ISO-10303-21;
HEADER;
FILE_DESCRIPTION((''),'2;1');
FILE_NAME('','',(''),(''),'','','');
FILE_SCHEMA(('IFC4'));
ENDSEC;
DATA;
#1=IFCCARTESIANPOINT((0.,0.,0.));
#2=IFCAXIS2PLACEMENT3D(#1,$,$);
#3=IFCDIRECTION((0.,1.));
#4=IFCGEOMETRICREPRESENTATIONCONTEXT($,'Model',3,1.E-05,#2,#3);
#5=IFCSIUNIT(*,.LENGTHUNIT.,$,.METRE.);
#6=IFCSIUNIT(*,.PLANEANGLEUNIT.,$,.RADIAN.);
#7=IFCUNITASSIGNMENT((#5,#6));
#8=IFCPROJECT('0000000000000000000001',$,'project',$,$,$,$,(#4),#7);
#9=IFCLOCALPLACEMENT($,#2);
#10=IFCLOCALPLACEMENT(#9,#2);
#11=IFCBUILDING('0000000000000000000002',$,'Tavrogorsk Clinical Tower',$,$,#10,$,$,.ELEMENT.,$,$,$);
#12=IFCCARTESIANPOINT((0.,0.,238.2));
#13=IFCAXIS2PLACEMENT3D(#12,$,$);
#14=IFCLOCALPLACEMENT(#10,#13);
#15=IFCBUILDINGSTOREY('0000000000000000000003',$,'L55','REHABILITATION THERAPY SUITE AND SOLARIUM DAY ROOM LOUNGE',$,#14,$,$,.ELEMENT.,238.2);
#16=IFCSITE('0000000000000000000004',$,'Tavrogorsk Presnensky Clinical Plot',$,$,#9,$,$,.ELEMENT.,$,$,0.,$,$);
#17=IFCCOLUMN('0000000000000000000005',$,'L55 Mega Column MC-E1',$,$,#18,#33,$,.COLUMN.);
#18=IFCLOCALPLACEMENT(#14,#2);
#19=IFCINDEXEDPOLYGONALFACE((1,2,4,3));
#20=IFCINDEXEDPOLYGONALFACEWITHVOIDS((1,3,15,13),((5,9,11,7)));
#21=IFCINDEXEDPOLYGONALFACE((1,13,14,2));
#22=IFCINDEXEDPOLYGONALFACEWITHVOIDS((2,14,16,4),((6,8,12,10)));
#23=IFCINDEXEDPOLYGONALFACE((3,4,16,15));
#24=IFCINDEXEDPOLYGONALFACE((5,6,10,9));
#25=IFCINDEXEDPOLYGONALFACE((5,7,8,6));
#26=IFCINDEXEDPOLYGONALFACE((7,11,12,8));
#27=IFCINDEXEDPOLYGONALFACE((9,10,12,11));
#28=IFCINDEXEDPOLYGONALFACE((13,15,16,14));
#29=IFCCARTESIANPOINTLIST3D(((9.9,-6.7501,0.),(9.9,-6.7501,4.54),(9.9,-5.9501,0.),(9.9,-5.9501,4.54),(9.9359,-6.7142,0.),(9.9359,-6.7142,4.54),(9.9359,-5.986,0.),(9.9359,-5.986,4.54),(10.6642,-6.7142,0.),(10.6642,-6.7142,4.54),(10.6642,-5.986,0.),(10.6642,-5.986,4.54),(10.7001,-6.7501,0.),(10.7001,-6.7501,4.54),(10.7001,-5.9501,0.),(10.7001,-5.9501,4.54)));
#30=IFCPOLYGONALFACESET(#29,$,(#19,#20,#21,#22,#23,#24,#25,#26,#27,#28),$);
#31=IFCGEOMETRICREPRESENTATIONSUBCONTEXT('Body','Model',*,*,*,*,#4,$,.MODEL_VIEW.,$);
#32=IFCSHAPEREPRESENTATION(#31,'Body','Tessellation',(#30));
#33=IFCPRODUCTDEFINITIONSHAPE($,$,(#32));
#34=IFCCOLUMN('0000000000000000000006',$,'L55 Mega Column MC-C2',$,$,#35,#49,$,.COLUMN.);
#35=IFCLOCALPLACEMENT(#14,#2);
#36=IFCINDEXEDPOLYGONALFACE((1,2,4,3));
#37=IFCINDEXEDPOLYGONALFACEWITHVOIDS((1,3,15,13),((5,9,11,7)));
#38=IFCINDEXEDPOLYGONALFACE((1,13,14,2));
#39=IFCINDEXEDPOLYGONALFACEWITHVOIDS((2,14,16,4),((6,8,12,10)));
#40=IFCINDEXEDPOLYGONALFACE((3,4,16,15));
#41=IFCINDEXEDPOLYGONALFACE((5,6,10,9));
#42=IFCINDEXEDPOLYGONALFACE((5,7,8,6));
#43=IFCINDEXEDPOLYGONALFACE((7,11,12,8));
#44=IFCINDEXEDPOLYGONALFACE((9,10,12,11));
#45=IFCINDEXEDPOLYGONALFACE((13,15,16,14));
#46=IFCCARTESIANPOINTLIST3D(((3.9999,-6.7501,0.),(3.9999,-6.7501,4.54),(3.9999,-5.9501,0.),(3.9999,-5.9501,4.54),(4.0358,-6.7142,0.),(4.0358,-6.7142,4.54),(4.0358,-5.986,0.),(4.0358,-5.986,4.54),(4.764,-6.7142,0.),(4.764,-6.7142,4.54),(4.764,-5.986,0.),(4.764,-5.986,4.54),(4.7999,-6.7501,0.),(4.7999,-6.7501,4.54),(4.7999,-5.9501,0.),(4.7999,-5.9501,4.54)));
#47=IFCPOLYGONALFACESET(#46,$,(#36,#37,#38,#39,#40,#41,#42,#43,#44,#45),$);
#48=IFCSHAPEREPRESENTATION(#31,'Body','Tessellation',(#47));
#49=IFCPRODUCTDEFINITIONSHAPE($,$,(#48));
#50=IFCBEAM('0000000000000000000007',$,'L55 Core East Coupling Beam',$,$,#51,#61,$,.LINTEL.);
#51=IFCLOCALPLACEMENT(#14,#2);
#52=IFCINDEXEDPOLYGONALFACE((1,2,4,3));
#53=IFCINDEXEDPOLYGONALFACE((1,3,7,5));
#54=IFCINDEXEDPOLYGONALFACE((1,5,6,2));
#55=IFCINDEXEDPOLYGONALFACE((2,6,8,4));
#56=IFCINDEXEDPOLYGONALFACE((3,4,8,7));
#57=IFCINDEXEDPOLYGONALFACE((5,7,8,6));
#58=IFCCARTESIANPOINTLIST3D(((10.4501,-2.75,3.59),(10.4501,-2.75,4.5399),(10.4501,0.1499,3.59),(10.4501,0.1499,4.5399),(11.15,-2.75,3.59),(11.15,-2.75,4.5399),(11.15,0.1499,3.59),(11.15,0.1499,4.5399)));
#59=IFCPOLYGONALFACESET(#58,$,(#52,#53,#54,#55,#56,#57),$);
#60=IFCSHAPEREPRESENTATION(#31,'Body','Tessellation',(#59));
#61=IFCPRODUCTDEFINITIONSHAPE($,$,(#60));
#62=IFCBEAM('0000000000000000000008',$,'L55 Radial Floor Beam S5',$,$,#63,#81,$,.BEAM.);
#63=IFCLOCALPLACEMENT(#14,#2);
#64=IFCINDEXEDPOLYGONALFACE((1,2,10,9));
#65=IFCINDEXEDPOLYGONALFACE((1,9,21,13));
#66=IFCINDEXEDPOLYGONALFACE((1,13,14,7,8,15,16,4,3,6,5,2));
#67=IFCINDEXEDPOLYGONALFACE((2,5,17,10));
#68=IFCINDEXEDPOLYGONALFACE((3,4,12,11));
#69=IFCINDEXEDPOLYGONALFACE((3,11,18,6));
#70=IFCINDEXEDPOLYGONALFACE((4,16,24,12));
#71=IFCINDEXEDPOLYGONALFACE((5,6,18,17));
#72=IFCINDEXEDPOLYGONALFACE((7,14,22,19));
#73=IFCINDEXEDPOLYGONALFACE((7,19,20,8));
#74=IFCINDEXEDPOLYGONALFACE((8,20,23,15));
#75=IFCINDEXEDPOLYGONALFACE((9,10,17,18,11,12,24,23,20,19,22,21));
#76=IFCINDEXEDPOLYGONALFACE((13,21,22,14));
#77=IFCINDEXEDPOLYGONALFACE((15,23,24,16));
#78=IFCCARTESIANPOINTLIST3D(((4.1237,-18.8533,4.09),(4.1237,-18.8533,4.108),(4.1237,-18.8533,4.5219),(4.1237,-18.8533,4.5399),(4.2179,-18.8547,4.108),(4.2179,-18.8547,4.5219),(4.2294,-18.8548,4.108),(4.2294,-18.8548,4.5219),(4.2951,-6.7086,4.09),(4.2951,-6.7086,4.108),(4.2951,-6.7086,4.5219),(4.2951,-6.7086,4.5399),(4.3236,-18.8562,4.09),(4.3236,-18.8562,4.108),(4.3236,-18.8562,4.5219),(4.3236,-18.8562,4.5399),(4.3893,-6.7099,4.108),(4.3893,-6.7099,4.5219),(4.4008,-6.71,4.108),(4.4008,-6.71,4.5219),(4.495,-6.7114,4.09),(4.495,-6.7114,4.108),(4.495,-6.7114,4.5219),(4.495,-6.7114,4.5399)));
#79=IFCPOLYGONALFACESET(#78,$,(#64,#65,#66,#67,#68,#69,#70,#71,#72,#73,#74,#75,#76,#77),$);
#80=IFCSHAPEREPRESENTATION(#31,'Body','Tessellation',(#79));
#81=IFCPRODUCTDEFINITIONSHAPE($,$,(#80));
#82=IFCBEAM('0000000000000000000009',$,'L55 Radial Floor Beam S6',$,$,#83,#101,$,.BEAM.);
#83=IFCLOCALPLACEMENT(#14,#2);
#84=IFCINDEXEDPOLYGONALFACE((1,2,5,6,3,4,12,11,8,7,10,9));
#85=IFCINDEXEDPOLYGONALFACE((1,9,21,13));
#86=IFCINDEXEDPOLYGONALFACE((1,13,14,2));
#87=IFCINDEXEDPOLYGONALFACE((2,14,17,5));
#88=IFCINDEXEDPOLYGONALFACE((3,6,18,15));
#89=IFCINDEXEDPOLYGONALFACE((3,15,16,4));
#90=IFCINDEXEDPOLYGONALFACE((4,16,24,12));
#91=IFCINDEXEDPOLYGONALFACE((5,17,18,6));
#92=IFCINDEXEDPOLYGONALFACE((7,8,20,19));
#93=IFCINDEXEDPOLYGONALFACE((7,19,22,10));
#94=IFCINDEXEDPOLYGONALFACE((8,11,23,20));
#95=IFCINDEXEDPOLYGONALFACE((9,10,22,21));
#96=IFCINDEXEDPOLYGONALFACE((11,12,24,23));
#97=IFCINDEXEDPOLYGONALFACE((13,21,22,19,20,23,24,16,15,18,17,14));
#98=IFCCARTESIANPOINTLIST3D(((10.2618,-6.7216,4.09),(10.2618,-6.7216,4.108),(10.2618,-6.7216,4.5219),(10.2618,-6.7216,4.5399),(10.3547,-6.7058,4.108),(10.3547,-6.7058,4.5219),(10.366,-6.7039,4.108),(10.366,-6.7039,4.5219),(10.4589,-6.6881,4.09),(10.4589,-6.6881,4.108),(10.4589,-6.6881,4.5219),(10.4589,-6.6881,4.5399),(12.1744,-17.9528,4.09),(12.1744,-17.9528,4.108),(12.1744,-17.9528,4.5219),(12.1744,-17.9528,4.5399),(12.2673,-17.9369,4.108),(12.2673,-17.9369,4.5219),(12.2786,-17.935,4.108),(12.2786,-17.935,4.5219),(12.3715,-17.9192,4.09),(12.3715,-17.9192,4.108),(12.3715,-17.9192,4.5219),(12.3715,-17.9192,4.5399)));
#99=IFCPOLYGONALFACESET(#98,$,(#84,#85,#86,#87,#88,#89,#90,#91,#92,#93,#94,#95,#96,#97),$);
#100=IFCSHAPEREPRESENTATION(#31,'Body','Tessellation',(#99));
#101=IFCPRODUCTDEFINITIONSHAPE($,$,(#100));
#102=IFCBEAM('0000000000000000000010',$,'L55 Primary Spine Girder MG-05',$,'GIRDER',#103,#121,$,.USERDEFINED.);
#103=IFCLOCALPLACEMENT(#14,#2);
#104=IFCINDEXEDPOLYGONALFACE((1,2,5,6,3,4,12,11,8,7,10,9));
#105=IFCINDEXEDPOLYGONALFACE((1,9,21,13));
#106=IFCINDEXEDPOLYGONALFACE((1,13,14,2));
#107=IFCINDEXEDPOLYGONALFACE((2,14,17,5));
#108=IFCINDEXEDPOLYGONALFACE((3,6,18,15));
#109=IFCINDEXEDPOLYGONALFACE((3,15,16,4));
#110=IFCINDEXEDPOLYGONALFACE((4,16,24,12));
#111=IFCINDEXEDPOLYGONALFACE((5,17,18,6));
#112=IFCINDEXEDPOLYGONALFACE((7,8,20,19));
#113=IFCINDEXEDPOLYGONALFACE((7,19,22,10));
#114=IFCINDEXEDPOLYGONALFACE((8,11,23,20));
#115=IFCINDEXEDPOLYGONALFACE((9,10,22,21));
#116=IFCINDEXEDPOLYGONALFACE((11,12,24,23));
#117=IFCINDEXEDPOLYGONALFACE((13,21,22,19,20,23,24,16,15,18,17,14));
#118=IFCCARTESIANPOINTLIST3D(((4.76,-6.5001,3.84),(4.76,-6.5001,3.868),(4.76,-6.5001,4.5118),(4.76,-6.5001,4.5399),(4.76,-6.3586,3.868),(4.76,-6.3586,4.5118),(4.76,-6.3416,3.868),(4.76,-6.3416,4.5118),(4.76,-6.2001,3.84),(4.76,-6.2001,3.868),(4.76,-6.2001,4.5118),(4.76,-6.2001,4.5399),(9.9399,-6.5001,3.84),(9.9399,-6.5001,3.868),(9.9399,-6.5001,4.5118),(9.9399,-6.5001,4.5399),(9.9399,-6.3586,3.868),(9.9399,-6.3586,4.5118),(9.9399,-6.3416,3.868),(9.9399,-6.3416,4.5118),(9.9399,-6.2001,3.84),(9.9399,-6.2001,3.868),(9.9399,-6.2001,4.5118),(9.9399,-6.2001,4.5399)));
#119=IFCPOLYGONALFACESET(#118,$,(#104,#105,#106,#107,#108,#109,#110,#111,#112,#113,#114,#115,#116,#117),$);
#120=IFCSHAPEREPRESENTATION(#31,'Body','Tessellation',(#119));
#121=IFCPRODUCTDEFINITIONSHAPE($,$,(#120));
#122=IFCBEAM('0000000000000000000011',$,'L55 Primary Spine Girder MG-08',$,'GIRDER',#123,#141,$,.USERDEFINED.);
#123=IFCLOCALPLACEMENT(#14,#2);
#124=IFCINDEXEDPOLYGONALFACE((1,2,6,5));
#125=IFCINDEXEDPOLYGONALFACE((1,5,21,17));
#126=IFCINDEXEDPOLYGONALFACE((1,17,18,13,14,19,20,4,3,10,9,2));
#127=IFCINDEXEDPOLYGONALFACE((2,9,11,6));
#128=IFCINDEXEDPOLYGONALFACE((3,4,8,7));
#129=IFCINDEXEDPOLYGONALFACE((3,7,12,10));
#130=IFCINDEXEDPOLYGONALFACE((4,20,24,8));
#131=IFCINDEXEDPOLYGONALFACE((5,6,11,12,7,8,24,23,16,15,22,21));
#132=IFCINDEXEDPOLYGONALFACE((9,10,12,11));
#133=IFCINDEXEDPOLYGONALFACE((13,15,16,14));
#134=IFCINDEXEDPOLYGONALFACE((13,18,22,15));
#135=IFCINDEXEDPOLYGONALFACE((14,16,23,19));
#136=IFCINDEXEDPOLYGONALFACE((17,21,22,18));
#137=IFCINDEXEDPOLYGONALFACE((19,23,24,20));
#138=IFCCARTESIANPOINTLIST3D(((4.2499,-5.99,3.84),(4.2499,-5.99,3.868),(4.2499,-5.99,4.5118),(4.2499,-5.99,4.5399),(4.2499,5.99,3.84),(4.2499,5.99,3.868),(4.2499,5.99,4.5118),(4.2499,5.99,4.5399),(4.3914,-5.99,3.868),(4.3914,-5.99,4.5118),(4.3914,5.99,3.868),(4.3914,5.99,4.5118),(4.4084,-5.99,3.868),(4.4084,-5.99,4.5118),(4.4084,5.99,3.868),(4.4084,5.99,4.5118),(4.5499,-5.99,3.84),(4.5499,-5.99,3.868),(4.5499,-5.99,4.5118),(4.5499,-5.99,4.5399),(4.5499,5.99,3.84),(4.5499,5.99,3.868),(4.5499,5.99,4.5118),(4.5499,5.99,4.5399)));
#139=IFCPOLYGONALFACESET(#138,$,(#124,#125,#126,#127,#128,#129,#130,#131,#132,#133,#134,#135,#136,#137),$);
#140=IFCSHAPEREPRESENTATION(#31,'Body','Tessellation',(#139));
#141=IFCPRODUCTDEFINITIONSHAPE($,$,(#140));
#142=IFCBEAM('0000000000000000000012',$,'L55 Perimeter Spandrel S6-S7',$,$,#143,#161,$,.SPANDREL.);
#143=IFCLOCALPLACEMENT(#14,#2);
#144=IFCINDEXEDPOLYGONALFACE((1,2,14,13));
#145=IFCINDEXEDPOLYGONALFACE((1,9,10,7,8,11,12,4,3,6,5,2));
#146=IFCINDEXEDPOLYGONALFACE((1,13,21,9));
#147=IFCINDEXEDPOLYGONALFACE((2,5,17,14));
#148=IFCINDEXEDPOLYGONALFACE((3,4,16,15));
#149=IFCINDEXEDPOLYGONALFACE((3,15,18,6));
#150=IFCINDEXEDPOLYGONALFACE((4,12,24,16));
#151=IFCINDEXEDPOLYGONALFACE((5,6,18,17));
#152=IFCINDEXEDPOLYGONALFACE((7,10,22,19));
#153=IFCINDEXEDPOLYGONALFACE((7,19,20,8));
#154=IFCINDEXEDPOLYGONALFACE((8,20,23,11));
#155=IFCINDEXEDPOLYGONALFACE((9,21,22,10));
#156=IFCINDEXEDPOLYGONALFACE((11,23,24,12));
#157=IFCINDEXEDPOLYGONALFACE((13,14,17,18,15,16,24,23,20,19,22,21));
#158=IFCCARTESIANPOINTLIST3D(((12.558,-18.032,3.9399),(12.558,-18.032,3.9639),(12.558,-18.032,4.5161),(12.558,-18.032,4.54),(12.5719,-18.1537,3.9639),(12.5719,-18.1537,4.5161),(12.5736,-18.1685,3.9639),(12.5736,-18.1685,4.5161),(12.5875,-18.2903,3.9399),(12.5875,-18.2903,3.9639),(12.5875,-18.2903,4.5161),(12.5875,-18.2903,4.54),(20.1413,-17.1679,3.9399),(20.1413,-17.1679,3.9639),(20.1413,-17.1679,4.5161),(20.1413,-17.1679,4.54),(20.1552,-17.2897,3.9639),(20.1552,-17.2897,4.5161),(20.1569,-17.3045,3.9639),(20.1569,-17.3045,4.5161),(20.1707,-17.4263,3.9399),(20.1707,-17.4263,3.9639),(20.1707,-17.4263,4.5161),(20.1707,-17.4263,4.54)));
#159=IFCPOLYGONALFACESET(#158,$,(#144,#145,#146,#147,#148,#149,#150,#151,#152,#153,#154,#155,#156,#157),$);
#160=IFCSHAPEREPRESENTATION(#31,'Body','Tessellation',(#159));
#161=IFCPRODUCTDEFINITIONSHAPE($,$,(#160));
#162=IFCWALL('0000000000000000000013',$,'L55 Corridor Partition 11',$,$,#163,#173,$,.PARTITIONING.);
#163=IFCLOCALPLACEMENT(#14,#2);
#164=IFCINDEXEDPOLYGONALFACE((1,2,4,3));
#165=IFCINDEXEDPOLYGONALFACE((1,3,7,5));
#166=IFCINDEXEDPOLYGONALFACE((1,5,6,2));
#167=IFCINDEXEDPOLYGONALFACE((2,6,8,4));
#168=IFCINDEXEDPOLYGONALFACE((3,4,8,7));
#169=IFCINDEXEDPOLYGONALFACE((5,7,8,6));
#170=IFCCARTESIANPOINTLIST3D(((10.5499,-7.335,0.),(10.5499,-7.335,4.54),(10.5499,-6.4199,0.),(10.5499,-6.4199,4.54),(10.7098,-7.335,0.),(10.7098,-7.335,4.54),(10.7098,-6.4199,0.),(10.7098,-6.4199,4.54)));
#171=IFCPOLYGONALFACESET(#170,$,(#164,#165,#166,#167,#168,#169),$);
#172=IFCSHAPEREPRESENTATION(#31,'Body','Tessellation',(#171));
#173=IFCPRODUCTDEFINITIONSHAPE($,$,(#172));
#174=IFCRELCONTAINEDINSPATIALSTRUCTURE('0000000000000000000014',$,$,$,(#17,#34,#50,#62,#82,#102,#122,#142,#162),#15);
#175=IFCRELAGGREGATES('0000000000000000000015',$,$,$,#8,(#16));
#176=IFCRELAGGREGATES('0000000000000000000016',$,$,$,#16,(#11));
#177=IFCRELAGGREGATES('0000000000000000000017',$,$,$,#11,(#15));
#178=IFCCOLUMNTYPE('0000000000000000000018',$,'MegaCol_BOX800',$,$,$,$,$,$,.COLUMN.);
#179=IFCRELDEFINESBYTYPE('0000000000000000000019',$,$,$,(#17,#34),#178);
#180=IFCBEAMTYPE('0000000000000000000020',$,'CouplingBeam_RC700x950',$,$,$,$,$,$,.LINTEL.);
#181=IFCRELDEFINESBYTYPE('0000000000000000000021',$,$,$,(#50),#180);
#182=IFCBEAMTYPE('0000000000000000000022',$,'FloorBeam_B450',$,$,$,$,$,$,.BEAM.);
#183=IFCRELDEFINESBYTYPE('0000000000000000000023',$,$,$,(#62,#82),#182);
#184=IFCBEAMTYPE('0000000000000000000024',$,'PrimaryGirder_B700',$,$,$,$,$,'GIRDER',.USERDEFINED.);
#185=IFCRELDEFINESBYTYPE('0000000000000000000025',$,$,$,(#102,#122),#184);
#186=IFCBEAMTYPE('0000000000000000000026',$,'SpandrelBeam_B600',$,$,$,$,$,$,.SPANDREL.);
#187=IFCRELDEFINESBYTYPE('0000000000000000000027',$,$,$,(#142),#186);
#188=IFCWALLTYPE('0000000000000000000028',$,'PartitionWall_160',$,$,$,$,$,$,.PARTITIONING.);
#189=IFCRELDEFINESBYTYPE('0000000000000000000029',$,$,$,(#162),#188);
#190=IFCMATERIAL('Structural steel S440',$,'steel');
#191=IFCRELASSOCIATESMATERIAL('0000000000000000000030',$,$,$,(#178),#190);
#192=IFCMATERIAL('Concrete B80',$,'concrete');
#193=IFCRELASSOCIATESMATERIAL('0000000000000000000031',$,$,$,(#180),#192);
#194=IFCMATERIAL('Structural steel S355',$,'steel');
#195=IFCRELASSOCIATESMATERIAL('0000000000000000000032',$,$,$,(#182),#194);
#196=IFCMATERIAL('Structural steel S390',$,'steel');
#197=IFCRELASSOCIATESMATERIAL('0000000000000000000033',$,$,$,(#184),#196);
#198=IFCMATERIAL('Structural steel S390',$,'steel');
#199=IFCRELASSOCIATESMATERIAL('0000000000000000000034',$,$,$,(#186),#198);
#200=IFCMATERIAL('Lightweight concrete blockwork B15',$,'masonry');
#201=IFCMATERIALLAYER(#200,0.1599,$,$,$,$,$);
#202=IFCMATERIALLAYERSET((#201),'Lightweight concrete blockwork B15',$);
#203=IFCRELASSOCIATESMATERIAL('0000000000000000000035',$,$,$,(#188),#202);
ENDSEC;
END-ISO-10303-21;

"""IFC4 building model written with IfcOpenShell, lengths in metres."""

from ifc_helpers import new_model, si_unit, direction, frame, frame_2d, origin, origin_2d, place, context, subcontext, project, spatial, rectangle, hollow_rectangle, i_section, extrude, material, layer, layer_set, material_profile, profile_set, type_object, element, save


model = new_model("IFC4")

# Units and contexts
model_context = context("Model", 3, precision=1e-05, world=origin(), true_north=direction((0.0, 1.0)))
body_context = subcontext(model_context, "Body", "Model", "MODEL_VIEW")
ifc_project = project(units=[si_unit("LENGTHUNIT", "METRE"), si_unit("PLANEANGLEUNIT", "RADIAN")], contexts=[model_context])

# Site, building, storey
site_placement = place(None, origin())
site = spatial("IfcSite", under=ifc_project, at=site_placement, Name="Tavrogorsk Presnensky Clinical Plot", CompositionType="ELEMENT", RefElevation=0.0)
building_placement = place(site_placement, origin())
building = spatial("IfcBuilding", under=site, at=building_placement, Name="Tavrogorsk Clinical Tower", CompositionType="ELEMENT")
storey_placement = place(building_placement, frame((0.0, 0.0, 238.2)))
storey = spatial("IfcBuildingStorey", under=building, at=storey_placement, Name="L55", Description="REHABILITATION THERAPY SUITE AND SOLARIUM DAY ROOM LOUNGE", CompositionType="ELEMENT", Elevation=238.2)

# Columns
ifc_material_1 = material(Name="Structural steel S440", Category="steel")
ifc_material_profile_1 = material_profile(ifc_material_1, hollow_rectangle(XDim=0.8, YDim=0.8, WallThickness=0.0359, at=origin_2d()), Name="BOX-800x800x36")
ifc_profile_set_1 = profile_set([ifc_material_profile_1], Name="Structural steel S440")
column_type = type_object("IfcColumnType", Name="MegaCol_BOX800", PredefinedType="COLUMN", material=ifc_profile_set_1)
for number, where, z_axis, x_axis, name in (
    (1, (10.3, -6.3501, 0.0), (0.0, 0.0, 1.0), (1.0, 0.0, 0.0), "L55 Mega Column MC-E1"),
    (2, (4.3999, -6.3501, 0.0), (0.0, 0.0, 1.0), (1.0, 0.0, 0.0), "L55 Mega Column MC-C2"),
):
    element("IfcColumn", number, at=place(storey_placement, frame(where, z_axis=z_axis, x_axis=x_axis)), inside=storey, type_object=column_type, Name=name, PredefinedType="COLUMN", context=body_context, shape_type="SweptSolid", body=[
        extrude(hollow_rectangle(XDim=0.8, YDim=0.8, WallThickness=0.0359, at=origin_2d()), origin(), (0.0, 0.0, 1.0), 4.54),
    ])

# Beams
ifc_material_2 = material(Name="Concrete B80", Category="concrete")
ifc_material_profile_2 = material_profile(ifc_material_2, rectangle(XDim=0.7, YDim=0.95, at=origin_2d()), Name="RC-CB-700x950")
ifc_profile_set_2 = profile_set([ifc_material_profile_2], Name="Concrete B80")
beam_type_1 = type_object("IfcBeamType", Name="CouplingBeam_RC700x950", PredefinedType="LINTEL", material=ifc_profile_set_2)
beam_1_placement = place(storey_placement, frame((10.8, -2.75, 4.0649), z_axis=(0.0, 1.0, 0.0), x_axis=(-1.0, 0.0, 0.0)))
element("IfcBeam", 3, at=beam_1_placement, inside=storey, type_object=beam_type_1, Name="L55 Core East Coupling Beam", PredefinedType="LINTEL", context=body_context, shape_type="SweptSolid", body=[
    extrude(rectangle(XDim=0.7, YDim=0.95, at=origin_2d()), origin(), (0.0, 0.0, 1.0), 2.8999),
])
ifc_material_3 = material(Name="Structural steel S355", Category="steel")
ifc_material_profile_3 = material_profile(ifc_material_3, i_section(OverallWidth=0.2, OverallDepth=0.45, WebThickness=0.0115, FlangeThickness=0.0181, at=origin_2d()), Name="B-450x200x11.5x18")
ifc_profile_set_3 = profile_set([ifc_material_profile_3], Name="Structural steel S355")
beam_type_2 = type_object("IfcBeamType", Name="FloorBeam_B450", PredefinedType="BEAM", material=ifc_profile_set_3)
beam_2_placement = place(storey_placement, frame((4.395, -6.71, 4.3149), z_axis=(-0.014111, -0.9999, 0.0), x_axis=(0.9999, -0.014111, 0.0)))
element("IfcBeam", 4, at=beam_2_placement, inside=storey, type_object=beam_type_2, Name="L55 Radial Floor Beam S5", PredefinedType="BEAM", context=body_context, shape_type="SweptSolid", body=[
    extrude(i_section(OverallWidth=0.2, OverallDepth=0.45, WebThickness=0.0115, FlangeThickness=0.0181, at=origin_2d()), origin(), (0.0, 0.0, 1.0), 12.146),
])
beam_3_placement = place(storey_placement, frame((10.3604, -6.7048, 4.3149), z_axis=(0.167876, -0.985808, 0.0), x_axis=(0.985808, 0.167876, 0.0)))
element("IfcBeam", 5, at=beam_3_placement, inside=storey, type_object=beam_type_2, Name="L55 Radial Floor Beam S6", PredefinedType="BEAM", context=body_context, shape_type="SweptSolid", body=[
    extrude(i_section(OverallWidth=0.2, OverallDepth=0.45, WebThickness=0.0115, FlangeThickness=0.0181, at=origin_2d()), origin(), (0.0, 0.0, 1.0), 11.3928),
])
ifc_material_4 = material(Name="Structural steel S390", Category="steel")
ifc_material_profile_4 = material_profile(ifc_material_4, i_section(OverallWidth=0.3, OverallDepth=0.7, WebThickness=0.0171, FlangeThickness=0.0281, at=origin_2d()), Name="B-700x300x17x28")
ifc_profile_set_4 = profile_set([ifc_material_profile_4], Name="Structural steel S390")
beam_type_3 = type_object("IfcBeamType", Name="PrimaryGirder_B700", ElementType="GIRDER", PredefinedType="USERDEFINED", material=ifc_profile_set_4)
beam_4_placement = place(storey_placement, frame((4.76, -6.3501, 4.1899), z_axis=(1.0, 0.0, 0.0), x_axis=(0.0, 1.0, 0.0)))
element("IfcBeam", 6, at=beam_4_placement, inside=storey, type_object=beam_type_3, Name="L55 Primary Spine Girder MG-05", ObjectType="GIRDER", PredefinedType="USERDEFINED", context=body_context, shape_type="SweptSolid", body=[
    extrude(i_section(OverallWidth=0.3, OverallDepth=0.7, WebThickness=0.0171, FlangeThickness=0.0281, at=origin_2d()), origin(), (0.0, 0.0, 1.0), 5.1799),
])
beam_5_placement = place(storey_placement, frame((4.3999, -5.99, 4.1899), z_axis=(0.0, 1.0, 0.0), x_axis=(-1.0, 0.0, 0.0)))
element("IfcBeam", 7, at=beam_5_placement, inside=storey, type_object=beam_type_3, Name="L55 Primary Spine Girder MG-08", ObjectType="GIRDER", PredefinedType="USERDEFINED", context=body_context, shape_type="SweptSolid", body=[
    extrude(i_section(OverallWidth=0.3, OverallDepth=0.7, WebThickness=0.0171, FlangeThickness=0.0281, at=origin_2d()), origin(), (0.0, 0.0, 1.0), 11.98),
])
ifc_material_5 = material(Name="Structural steel S390", Category="steel")
ifc_material_profile_5 = material_profile(ifc_material_5, i_section(OverallWidth=0.26, OverallDepth=0.6001, WebThickness=0.0149, FlangeThickness=0.0239, at=origin_2d()), Name="B-600x260x15x24")
ifc_profile_set_5 = profile_set([ifc_material_profile_5], Name="Structural steel S390")
beam_type_4 = type_object("IfcBeamType", Name="SpandrelBeam_B600", PredefinedType="SPANDREL", material=ifc_profile_set_5)
beam_6_placement = place(storey_placement, frame((12.5728, -18.1611, 4.24), z_axis=(0.993572, 0.113205, 0.0), x_axis=(-0.113205, 0.993572, 0.0)))
element("IfcBeam", 8, at=beam_6_placement, inside=storey, type_object=beam_type_4, Name="L55 Perimeter Spandrel S6-S7", PredefinedType="SPANDREL", context=body_context, shape_type="SweptSolid", body=[
    extrude(i_section(OverallWidth=0.26, OverallDepth=0.6001, WebThickness=0.0149, FlangeThickness=0.0239, at=origin_2d()), origin(), (0.0, 0.0, 1.0), 7.6323),
])

# Wall
ifc_material_6 = material(Name="Lightweight concrete blockwork B15", Category="masonry")
ifc_layer_1 = layer(ifc_material_6, 0.1599)
ifc_layer_set_1 = layer_set([ifc_layer_1], Name="Lightweight concrete blockwork B15")
wall_type_1 = type_object("IfcWallType", Name="PartitionWall_160", PredefinedType="PARTITIONING", material=ifc_layer_set_1)
wall_1_placement = place(storey_placement, frame((10.6299, -6.4199, 0.0), z_axis=(0.0, 0.0, 1.0), x_axis=(0.0, -1.0, 0.0)))
element("IfcWall", 9, at=wall_1_placement, inside=storey, type_object=wall_type_1, Name="L55 Corridor Partition 11", PredefinedType="PARTITIONING", context=body_context, shape_type="SweptSolid", body=[
    extrude(rectangle(XDim=0.915, YDim=0.1599, at=frame_2d((0.4575, 0.0))), origin(), (0.0, 0.0, 1.0), 4.54),
])

save(model, "model.ifc")
